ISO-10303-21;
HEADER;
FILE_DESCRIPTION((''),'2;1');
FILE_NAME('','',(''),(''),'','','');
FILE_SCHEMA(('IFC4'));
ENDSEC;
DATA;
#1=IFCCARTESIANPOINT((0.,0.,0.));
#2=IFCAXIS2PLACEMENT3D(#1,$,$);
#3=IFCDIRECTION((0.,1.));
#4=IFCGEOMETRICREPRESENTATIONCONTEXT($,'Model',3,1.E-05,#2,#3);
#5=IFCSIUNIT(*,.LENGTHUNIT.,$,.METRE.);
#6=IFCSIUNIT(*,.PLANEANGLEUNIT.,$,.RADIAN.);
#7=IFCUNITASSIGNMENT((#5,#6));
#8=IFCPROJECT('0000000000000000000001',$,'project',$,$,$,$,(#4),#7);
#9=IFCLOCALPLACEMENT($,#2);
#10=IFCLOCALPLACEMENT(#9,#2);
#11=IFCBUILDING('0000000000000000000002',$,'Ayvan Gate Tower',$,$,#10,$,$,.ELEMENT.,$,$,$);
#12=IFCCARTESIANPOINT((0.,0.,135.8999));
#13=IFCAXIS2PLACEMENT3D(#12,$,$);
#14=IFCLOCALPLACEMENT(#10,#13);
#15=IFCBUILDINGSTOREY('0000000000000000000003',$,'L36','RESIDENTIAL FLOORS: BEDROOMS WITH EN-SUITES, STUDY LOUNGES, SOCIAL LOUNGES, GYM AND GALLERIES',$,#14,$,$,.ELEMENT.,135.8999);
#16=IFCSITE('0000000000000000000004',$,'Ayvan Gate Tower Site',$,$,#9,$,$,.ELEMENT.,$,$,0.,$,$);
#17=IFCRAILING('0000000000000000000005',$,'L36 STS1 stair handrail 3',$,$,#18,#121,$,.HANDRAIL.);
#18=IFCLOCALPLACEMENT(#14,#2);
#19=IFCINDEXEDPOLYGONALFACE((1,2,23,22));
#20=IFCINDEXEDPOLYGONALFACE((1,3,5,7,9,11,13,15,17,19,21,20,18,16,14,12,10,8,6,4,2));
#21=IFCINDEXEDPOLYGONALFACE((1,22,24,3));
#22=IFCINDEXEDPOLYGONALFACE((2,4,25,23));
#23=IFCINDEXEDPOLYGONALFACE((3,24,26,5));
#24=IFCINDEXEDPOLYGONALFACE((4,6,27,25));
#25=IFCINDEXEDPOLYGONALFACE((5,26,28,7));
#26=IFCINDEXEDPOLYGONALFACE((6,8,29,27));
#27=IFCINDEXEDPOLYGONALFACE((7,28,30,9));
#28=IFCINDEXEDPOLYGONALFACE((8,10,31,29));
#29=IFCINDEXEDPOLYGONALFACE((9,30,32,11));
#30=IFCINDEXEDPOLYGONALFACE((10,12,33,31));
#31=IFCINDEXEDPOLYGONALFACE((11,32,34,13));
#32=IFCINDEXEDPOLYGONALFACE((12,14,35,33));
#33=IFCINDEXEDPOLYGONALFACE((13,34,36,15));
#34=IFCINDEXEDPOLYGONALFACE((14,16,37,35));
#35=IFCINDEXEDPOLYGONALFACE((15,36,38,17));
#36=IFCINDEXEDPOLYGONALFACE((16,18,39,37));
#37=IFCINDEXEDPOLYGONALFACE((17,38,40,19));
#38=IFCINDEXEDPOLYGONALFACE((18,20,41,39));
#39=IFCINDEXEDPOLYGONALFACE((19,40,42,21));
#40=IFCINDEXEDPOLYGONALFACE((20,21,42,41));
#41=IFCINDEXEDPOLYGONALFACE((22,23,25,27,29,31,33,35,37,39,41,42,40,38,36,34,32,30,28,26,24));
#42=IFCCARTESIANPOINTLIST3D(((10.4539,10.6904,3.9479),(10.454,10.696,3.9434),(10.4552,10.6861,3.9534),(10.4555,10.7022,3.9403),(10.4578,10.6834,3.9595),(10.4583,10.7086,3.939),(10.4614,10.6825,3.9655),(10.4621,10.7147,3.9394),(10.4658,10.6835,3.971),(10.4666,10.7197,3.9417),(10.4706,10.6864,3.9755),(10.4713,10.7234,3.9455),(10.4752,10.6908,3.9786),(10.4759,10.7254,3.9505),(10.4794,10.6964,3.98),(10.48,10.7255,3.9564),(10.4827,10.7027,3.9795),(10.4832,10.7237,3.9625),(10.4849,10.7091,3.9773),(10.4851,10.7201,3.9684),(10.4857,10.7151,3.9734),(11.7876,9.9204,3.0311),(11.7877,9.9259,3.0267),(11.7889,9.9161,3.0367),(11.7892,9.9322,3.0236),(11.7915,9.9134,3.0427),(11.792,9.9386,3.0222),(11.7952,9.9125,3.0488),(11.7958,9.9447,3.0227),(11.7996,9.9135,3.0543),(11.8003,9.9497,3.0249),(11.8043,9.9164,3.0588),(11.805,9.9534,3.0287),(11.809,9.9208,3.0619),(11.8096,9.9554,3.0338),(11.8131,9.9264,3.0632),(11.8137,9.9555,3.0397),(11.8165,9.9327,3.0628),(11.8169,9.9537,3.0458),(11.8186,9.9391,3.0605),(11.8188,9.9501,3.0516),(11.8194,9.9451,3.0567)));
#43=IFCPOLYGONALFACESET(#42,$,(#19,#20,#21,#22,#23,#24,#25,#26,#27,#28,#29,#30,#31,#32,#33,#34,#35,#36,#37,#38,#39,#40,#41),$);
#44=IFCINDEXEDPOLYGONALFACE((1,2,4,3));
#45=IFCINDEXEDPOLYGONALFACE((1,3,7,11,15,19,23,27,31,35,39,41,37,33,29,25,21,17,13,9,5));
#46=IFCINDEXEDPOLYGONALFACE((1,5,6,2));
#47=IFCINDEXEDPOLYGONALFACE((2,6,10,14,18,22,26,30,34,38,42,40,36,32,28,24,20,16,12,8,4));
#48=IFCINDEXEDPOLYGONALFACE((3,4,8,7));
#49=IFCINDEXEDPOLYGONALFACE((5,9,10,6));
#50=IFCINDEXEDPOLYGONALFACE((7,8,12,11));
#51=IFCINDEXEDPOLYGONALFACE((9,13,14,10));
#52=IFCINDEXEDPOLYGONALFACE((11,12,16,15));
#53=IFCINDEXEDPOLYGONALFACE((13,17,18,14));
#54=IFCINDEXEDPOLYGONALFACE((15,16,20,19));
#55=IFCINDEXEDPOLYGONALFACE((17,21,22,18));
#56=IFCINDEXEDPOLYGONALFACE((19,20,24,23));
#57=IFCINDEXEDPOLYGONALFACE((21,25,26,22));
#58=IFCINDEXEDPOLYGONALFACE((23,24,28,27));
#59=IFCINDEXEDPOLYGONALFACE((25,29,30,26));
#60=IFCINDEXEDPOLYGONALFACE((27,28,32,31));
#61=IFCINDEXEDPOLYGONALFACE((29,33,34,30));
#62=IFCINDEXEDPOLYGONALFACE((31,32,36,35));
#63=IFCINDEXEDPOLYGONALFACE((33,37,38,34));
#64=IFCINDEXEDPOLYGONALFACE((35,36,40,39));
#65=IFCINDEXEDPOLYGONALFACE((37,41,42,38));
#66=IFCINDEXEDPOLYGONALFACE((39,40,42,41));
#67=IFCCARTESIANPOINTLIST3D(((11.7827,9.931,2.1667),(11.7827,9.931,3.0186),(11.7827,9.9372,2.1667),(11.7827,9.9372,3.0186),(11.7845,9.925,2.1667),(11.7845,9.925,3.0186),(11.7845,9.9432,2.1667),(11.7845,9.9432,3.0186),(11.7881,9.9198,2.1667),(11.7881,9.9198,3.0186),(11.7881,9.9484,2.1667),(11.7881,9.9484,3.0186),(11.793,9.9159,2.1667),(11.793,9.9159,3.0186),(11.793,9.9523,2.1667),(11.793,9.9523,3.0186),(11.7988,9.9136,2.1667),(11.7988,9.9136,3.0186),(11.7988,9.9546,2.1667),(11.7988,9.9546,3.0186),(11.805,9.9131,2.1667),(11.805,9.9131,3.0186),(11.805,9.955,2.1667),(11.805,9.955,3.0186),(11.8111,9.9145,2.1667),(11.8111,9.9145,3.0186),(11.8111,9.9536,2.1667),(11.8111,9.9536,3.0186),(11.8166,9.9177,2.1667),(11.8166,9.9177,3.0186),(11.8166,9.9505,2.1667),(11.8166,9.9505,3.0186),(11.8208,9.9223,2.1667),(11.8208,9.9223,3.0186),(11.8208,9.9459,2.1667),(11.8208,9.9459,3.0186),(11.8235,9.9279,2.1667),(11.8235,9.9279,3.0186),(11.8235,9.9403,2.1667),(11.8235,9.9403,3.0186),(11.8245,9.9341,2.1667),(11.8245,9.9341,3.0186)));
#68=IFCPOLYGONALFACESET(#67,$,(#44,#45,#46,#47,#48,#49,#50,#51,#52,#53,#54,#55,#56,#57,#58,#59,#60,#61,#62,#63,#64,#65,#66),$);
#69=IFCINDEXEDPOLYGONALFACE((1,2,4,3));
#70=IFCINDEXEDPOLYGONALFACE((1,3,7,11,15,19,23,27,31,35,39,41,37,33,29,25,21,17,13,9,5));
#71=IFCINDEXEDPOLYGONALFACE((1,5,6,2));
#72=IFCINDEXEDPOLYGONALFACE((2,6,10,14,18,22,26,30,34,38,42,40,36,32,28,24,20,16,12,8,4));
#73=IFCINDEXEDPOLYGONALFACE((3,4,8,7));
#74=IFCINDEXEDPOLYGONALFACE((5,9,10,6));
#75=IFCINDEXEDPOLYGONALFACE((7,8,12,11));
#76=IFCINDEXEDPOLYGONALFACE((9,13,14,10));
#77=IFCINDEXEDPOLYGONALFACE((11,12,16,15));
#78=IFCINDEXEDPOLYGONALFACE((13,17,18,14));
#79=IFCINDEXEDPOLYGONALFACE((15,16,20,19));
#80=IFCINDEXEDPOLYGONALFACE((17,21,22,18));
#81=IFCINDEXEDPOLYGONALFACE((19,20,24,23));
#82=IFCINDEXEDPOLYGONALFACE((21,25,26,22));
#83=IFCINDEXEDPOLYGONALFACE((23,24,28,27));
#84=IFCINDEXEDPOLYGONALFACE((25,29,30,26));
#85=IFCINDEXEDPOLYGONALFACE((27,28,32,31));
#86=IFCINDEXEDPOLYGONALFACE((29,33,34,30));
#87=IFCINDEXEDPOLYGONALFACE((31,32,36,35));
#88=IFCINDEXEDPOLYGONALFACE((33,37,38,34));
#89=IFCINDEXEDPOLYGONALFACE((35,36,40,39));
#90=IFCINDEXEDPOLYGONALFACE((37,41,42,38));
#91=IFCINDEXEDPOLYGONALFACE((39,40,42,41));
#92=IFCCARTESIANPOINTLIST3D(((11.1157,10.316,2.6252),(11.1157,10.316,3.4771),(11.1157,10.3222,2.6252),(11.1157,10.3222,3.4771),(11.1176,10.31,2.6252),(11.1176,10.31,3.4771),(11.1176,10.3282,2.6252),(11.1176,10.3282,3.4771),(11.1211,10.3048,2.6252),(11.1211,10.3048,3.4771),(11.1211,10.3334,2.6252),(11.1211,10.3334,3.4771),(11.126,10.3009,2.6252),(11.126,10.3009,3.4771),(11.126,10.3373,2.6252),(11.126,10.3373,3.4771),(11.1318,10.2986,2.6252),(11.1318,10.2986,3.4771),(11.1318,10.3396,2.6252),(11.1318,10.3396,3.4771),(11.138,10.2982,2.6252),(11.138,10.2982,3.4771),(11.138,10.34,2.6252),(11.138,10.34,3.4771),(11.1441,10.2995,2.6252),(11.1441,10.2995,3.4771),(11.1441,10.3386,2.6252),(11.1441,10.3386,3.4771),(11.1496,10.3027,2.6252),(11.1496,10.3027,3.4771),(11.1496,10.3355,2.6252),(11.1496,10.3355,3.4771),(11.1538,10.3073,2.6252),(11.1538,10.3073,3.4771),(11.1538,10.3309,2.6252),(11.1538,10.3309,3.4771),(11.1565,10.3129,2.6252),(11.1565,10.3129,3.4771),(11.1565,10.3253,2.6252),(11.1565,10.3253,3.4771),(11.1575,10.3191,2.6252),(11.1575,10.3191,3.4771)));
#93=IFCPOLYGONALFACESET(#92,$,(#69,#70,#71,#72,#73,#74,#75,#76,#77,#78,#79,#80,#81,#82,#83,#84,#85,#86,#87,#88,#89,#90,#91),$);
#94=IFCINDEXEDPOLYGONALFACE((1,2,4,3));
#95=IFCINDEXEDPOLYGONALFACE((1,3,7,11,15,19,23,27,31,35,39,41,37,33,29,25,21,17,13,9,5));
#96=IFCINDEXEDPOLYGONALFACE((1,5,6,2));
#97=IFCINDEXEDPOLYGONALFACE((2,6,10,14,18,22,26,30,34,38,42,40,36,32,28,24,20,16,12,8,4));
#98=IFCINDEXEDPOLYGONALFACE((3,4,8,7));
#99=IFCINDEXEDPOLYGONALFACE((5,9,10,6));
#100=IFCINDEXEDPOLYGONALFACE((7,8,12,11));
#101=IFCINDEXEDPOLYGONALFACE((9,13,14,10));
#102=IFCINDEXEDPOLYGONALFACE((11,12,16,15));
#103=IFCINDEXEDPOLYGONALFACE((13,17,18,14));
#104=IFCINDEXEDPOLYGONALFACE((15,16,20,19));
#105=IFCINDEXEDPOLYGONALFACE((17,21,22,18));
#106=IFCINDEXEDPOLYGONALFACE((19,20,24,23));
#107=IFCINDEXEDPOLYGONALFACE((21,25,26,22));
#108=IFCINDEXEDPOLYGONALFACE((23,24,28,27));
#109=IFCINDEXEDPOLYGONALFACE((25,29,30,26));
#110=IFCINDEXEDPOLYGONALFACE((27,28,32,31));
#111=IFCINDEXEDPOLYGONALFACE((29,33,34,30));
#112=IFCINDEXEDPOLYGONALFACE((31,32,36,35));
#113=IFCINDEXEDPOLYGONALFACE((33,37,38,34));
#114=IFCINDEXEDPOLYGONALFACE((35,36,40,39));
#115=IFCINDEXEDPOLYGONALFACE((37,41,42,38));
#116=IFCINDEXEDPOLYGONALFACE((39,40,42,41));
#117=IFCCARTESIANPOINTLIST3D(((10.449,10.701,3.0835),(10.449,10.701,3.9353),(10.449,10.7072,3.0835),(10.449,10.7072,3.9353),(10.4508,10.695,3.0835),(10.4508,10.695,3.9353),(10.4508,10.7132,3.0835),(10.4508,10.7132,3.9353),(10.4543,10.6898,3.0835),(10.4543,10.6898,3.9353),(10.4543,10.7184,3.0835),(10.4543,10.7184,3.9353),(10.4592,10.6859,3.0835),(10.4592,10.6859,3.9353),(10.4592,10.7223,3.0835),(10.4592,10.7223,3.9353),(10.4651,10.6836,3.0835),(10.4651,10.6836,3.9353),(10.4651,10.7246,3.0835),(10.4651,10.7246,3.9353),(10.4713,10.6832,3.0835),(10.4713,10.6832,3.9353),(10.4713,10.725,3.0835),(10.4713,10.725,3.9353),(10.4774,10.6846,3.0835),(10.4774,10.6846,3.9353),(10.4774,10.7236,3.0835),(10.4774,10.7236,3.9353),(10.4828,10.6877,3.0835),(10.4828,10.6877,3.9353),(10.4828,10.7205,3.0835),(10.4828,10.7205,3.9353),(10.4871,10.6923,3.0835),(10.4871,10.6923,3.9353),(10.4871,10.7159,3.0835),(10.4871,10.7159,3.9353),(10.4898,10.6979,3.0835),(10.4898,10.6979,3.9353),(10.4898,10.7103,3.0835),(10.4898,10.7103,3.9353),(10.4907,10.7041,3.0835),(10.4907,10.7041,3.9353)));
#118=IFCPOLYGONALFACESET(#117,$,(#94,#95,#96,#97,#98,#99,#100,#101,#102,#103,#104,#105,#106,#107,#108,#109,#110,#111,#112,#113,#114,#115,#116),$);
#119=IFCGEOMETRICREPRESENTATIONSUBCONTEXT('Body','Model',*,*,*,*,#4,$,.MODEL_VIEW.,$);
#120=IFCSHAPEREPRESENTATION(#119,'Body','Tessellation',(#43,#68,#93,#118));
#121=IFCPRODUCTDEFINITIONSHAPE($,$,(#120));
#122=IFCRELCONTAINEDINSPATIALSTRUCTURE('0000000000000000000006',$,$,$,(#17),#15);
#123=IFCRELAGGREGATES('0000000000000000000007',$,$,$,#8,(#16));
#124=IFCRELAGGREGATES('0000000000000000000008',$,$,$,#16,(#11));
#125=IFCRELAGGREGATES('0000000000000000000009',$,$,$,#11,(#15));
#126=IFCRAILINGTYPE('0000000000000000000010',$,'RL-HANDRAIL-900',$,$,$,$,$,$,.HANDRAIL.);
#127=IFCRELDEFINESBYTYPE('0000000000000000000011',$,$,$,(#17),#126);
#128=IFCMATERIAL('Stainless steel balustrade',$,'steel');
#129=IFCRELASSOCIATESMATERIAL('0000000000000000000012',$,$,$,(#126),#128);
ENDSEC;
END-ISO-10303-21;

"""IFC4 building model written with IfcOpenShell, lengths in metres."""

from ifc_helpers import new_model, si_unit, direction, frame, origin, origin_2d, place, context, subcontext, project, spatial, circle, extrude, material, type_object, element, save


model = new_model("IFC4")

# Units and contexts
model_context = context("Model", 3, precision=1e-05, world=origin(), true_north=direction((0.0, 1.0)))
body_context = subcontext(model_context, "Body", "Model", "MODEL_VIEW")
ifc_project = project(units=[si_unit("LENGTHUNIT", "METRE"), si_unit("PLANEANGLEUNIT", "RADIAN")], contexts=[model_context])

# Site, building, storey
site_placement = place(None, origin())
site = spatial("IfcSite", under=ifc_project, at=site_placement, Name="Ayvan Gate Tower Site", CompositionType="ELEMENT", RefElevation=0.0)
building_placement = place(site_placement, origin())
building = spatial("IfcBuilding", under=site, at=building_placement, Name="Ayvan Gate Tower", CompositionType="ELEMENT")
storey_placement = place(building_placement, frame((0.0, 0.0, 135.8999)))
storey = spatial("IfcBuildingStorey", under=building, at=storey_placement, Name="L36", Description="RESIDENTIAL FLOORS: BEDROOMS WITH EN-SUITES, STUDY LOUNGES, SOCIAL LOUNGES, GYM AND GALLERIES", CompositionType="ELEMENT", Elevation=135.8999)

# Railing
ifc_material_1 = material(Name="Stainless steel balustrade", Category="steel")
railing_type_1 = type_object("IfcRailingType", Name="RL-HANDRAIL-900", PredefinedType="HANDRAIL", material=ifc_material_1)
railing_1_placement = place(storey_placement, frame((11.8035, 9.9341, 2.1667)))
element("IfcRailing", 1, at=railing_1_placement, inside=storey, type_object=railing_type_1, Name="L36 STS1 stair handrail 3", PredefinedType="HANDRAIL", context=body_context, shape_type="SweptSolid", body=[
    extrude(circle(Radius=0.0239, at=origin_2d()), frame((0.0, 0.0, 0.876), z_axis=(-0.744164, 0.429634, 0.511502), x_axis=(-0.499992, -0.86603, 0.0)), (0.0, 0.0, 1.0), 1.7922),
    extrude(circle(Radius=0.021, at=origin_2d()), origin(), (0.0, 0.0, 1.0), 0.8518),
    extrude(circle(Radius=0.021, at=origin_2d()), frame((-0.667, 0.385, 0.4585)), (0.0, 0.0, 1.0), 0.8518),
    extrude(circle(Radius=0.021, at=origin_2d()), frame((-1.3337, 0.77, 0.9167)), (0.0, 0.0, 1.0), 0.8518),
])

save(model, "model.ifc")
